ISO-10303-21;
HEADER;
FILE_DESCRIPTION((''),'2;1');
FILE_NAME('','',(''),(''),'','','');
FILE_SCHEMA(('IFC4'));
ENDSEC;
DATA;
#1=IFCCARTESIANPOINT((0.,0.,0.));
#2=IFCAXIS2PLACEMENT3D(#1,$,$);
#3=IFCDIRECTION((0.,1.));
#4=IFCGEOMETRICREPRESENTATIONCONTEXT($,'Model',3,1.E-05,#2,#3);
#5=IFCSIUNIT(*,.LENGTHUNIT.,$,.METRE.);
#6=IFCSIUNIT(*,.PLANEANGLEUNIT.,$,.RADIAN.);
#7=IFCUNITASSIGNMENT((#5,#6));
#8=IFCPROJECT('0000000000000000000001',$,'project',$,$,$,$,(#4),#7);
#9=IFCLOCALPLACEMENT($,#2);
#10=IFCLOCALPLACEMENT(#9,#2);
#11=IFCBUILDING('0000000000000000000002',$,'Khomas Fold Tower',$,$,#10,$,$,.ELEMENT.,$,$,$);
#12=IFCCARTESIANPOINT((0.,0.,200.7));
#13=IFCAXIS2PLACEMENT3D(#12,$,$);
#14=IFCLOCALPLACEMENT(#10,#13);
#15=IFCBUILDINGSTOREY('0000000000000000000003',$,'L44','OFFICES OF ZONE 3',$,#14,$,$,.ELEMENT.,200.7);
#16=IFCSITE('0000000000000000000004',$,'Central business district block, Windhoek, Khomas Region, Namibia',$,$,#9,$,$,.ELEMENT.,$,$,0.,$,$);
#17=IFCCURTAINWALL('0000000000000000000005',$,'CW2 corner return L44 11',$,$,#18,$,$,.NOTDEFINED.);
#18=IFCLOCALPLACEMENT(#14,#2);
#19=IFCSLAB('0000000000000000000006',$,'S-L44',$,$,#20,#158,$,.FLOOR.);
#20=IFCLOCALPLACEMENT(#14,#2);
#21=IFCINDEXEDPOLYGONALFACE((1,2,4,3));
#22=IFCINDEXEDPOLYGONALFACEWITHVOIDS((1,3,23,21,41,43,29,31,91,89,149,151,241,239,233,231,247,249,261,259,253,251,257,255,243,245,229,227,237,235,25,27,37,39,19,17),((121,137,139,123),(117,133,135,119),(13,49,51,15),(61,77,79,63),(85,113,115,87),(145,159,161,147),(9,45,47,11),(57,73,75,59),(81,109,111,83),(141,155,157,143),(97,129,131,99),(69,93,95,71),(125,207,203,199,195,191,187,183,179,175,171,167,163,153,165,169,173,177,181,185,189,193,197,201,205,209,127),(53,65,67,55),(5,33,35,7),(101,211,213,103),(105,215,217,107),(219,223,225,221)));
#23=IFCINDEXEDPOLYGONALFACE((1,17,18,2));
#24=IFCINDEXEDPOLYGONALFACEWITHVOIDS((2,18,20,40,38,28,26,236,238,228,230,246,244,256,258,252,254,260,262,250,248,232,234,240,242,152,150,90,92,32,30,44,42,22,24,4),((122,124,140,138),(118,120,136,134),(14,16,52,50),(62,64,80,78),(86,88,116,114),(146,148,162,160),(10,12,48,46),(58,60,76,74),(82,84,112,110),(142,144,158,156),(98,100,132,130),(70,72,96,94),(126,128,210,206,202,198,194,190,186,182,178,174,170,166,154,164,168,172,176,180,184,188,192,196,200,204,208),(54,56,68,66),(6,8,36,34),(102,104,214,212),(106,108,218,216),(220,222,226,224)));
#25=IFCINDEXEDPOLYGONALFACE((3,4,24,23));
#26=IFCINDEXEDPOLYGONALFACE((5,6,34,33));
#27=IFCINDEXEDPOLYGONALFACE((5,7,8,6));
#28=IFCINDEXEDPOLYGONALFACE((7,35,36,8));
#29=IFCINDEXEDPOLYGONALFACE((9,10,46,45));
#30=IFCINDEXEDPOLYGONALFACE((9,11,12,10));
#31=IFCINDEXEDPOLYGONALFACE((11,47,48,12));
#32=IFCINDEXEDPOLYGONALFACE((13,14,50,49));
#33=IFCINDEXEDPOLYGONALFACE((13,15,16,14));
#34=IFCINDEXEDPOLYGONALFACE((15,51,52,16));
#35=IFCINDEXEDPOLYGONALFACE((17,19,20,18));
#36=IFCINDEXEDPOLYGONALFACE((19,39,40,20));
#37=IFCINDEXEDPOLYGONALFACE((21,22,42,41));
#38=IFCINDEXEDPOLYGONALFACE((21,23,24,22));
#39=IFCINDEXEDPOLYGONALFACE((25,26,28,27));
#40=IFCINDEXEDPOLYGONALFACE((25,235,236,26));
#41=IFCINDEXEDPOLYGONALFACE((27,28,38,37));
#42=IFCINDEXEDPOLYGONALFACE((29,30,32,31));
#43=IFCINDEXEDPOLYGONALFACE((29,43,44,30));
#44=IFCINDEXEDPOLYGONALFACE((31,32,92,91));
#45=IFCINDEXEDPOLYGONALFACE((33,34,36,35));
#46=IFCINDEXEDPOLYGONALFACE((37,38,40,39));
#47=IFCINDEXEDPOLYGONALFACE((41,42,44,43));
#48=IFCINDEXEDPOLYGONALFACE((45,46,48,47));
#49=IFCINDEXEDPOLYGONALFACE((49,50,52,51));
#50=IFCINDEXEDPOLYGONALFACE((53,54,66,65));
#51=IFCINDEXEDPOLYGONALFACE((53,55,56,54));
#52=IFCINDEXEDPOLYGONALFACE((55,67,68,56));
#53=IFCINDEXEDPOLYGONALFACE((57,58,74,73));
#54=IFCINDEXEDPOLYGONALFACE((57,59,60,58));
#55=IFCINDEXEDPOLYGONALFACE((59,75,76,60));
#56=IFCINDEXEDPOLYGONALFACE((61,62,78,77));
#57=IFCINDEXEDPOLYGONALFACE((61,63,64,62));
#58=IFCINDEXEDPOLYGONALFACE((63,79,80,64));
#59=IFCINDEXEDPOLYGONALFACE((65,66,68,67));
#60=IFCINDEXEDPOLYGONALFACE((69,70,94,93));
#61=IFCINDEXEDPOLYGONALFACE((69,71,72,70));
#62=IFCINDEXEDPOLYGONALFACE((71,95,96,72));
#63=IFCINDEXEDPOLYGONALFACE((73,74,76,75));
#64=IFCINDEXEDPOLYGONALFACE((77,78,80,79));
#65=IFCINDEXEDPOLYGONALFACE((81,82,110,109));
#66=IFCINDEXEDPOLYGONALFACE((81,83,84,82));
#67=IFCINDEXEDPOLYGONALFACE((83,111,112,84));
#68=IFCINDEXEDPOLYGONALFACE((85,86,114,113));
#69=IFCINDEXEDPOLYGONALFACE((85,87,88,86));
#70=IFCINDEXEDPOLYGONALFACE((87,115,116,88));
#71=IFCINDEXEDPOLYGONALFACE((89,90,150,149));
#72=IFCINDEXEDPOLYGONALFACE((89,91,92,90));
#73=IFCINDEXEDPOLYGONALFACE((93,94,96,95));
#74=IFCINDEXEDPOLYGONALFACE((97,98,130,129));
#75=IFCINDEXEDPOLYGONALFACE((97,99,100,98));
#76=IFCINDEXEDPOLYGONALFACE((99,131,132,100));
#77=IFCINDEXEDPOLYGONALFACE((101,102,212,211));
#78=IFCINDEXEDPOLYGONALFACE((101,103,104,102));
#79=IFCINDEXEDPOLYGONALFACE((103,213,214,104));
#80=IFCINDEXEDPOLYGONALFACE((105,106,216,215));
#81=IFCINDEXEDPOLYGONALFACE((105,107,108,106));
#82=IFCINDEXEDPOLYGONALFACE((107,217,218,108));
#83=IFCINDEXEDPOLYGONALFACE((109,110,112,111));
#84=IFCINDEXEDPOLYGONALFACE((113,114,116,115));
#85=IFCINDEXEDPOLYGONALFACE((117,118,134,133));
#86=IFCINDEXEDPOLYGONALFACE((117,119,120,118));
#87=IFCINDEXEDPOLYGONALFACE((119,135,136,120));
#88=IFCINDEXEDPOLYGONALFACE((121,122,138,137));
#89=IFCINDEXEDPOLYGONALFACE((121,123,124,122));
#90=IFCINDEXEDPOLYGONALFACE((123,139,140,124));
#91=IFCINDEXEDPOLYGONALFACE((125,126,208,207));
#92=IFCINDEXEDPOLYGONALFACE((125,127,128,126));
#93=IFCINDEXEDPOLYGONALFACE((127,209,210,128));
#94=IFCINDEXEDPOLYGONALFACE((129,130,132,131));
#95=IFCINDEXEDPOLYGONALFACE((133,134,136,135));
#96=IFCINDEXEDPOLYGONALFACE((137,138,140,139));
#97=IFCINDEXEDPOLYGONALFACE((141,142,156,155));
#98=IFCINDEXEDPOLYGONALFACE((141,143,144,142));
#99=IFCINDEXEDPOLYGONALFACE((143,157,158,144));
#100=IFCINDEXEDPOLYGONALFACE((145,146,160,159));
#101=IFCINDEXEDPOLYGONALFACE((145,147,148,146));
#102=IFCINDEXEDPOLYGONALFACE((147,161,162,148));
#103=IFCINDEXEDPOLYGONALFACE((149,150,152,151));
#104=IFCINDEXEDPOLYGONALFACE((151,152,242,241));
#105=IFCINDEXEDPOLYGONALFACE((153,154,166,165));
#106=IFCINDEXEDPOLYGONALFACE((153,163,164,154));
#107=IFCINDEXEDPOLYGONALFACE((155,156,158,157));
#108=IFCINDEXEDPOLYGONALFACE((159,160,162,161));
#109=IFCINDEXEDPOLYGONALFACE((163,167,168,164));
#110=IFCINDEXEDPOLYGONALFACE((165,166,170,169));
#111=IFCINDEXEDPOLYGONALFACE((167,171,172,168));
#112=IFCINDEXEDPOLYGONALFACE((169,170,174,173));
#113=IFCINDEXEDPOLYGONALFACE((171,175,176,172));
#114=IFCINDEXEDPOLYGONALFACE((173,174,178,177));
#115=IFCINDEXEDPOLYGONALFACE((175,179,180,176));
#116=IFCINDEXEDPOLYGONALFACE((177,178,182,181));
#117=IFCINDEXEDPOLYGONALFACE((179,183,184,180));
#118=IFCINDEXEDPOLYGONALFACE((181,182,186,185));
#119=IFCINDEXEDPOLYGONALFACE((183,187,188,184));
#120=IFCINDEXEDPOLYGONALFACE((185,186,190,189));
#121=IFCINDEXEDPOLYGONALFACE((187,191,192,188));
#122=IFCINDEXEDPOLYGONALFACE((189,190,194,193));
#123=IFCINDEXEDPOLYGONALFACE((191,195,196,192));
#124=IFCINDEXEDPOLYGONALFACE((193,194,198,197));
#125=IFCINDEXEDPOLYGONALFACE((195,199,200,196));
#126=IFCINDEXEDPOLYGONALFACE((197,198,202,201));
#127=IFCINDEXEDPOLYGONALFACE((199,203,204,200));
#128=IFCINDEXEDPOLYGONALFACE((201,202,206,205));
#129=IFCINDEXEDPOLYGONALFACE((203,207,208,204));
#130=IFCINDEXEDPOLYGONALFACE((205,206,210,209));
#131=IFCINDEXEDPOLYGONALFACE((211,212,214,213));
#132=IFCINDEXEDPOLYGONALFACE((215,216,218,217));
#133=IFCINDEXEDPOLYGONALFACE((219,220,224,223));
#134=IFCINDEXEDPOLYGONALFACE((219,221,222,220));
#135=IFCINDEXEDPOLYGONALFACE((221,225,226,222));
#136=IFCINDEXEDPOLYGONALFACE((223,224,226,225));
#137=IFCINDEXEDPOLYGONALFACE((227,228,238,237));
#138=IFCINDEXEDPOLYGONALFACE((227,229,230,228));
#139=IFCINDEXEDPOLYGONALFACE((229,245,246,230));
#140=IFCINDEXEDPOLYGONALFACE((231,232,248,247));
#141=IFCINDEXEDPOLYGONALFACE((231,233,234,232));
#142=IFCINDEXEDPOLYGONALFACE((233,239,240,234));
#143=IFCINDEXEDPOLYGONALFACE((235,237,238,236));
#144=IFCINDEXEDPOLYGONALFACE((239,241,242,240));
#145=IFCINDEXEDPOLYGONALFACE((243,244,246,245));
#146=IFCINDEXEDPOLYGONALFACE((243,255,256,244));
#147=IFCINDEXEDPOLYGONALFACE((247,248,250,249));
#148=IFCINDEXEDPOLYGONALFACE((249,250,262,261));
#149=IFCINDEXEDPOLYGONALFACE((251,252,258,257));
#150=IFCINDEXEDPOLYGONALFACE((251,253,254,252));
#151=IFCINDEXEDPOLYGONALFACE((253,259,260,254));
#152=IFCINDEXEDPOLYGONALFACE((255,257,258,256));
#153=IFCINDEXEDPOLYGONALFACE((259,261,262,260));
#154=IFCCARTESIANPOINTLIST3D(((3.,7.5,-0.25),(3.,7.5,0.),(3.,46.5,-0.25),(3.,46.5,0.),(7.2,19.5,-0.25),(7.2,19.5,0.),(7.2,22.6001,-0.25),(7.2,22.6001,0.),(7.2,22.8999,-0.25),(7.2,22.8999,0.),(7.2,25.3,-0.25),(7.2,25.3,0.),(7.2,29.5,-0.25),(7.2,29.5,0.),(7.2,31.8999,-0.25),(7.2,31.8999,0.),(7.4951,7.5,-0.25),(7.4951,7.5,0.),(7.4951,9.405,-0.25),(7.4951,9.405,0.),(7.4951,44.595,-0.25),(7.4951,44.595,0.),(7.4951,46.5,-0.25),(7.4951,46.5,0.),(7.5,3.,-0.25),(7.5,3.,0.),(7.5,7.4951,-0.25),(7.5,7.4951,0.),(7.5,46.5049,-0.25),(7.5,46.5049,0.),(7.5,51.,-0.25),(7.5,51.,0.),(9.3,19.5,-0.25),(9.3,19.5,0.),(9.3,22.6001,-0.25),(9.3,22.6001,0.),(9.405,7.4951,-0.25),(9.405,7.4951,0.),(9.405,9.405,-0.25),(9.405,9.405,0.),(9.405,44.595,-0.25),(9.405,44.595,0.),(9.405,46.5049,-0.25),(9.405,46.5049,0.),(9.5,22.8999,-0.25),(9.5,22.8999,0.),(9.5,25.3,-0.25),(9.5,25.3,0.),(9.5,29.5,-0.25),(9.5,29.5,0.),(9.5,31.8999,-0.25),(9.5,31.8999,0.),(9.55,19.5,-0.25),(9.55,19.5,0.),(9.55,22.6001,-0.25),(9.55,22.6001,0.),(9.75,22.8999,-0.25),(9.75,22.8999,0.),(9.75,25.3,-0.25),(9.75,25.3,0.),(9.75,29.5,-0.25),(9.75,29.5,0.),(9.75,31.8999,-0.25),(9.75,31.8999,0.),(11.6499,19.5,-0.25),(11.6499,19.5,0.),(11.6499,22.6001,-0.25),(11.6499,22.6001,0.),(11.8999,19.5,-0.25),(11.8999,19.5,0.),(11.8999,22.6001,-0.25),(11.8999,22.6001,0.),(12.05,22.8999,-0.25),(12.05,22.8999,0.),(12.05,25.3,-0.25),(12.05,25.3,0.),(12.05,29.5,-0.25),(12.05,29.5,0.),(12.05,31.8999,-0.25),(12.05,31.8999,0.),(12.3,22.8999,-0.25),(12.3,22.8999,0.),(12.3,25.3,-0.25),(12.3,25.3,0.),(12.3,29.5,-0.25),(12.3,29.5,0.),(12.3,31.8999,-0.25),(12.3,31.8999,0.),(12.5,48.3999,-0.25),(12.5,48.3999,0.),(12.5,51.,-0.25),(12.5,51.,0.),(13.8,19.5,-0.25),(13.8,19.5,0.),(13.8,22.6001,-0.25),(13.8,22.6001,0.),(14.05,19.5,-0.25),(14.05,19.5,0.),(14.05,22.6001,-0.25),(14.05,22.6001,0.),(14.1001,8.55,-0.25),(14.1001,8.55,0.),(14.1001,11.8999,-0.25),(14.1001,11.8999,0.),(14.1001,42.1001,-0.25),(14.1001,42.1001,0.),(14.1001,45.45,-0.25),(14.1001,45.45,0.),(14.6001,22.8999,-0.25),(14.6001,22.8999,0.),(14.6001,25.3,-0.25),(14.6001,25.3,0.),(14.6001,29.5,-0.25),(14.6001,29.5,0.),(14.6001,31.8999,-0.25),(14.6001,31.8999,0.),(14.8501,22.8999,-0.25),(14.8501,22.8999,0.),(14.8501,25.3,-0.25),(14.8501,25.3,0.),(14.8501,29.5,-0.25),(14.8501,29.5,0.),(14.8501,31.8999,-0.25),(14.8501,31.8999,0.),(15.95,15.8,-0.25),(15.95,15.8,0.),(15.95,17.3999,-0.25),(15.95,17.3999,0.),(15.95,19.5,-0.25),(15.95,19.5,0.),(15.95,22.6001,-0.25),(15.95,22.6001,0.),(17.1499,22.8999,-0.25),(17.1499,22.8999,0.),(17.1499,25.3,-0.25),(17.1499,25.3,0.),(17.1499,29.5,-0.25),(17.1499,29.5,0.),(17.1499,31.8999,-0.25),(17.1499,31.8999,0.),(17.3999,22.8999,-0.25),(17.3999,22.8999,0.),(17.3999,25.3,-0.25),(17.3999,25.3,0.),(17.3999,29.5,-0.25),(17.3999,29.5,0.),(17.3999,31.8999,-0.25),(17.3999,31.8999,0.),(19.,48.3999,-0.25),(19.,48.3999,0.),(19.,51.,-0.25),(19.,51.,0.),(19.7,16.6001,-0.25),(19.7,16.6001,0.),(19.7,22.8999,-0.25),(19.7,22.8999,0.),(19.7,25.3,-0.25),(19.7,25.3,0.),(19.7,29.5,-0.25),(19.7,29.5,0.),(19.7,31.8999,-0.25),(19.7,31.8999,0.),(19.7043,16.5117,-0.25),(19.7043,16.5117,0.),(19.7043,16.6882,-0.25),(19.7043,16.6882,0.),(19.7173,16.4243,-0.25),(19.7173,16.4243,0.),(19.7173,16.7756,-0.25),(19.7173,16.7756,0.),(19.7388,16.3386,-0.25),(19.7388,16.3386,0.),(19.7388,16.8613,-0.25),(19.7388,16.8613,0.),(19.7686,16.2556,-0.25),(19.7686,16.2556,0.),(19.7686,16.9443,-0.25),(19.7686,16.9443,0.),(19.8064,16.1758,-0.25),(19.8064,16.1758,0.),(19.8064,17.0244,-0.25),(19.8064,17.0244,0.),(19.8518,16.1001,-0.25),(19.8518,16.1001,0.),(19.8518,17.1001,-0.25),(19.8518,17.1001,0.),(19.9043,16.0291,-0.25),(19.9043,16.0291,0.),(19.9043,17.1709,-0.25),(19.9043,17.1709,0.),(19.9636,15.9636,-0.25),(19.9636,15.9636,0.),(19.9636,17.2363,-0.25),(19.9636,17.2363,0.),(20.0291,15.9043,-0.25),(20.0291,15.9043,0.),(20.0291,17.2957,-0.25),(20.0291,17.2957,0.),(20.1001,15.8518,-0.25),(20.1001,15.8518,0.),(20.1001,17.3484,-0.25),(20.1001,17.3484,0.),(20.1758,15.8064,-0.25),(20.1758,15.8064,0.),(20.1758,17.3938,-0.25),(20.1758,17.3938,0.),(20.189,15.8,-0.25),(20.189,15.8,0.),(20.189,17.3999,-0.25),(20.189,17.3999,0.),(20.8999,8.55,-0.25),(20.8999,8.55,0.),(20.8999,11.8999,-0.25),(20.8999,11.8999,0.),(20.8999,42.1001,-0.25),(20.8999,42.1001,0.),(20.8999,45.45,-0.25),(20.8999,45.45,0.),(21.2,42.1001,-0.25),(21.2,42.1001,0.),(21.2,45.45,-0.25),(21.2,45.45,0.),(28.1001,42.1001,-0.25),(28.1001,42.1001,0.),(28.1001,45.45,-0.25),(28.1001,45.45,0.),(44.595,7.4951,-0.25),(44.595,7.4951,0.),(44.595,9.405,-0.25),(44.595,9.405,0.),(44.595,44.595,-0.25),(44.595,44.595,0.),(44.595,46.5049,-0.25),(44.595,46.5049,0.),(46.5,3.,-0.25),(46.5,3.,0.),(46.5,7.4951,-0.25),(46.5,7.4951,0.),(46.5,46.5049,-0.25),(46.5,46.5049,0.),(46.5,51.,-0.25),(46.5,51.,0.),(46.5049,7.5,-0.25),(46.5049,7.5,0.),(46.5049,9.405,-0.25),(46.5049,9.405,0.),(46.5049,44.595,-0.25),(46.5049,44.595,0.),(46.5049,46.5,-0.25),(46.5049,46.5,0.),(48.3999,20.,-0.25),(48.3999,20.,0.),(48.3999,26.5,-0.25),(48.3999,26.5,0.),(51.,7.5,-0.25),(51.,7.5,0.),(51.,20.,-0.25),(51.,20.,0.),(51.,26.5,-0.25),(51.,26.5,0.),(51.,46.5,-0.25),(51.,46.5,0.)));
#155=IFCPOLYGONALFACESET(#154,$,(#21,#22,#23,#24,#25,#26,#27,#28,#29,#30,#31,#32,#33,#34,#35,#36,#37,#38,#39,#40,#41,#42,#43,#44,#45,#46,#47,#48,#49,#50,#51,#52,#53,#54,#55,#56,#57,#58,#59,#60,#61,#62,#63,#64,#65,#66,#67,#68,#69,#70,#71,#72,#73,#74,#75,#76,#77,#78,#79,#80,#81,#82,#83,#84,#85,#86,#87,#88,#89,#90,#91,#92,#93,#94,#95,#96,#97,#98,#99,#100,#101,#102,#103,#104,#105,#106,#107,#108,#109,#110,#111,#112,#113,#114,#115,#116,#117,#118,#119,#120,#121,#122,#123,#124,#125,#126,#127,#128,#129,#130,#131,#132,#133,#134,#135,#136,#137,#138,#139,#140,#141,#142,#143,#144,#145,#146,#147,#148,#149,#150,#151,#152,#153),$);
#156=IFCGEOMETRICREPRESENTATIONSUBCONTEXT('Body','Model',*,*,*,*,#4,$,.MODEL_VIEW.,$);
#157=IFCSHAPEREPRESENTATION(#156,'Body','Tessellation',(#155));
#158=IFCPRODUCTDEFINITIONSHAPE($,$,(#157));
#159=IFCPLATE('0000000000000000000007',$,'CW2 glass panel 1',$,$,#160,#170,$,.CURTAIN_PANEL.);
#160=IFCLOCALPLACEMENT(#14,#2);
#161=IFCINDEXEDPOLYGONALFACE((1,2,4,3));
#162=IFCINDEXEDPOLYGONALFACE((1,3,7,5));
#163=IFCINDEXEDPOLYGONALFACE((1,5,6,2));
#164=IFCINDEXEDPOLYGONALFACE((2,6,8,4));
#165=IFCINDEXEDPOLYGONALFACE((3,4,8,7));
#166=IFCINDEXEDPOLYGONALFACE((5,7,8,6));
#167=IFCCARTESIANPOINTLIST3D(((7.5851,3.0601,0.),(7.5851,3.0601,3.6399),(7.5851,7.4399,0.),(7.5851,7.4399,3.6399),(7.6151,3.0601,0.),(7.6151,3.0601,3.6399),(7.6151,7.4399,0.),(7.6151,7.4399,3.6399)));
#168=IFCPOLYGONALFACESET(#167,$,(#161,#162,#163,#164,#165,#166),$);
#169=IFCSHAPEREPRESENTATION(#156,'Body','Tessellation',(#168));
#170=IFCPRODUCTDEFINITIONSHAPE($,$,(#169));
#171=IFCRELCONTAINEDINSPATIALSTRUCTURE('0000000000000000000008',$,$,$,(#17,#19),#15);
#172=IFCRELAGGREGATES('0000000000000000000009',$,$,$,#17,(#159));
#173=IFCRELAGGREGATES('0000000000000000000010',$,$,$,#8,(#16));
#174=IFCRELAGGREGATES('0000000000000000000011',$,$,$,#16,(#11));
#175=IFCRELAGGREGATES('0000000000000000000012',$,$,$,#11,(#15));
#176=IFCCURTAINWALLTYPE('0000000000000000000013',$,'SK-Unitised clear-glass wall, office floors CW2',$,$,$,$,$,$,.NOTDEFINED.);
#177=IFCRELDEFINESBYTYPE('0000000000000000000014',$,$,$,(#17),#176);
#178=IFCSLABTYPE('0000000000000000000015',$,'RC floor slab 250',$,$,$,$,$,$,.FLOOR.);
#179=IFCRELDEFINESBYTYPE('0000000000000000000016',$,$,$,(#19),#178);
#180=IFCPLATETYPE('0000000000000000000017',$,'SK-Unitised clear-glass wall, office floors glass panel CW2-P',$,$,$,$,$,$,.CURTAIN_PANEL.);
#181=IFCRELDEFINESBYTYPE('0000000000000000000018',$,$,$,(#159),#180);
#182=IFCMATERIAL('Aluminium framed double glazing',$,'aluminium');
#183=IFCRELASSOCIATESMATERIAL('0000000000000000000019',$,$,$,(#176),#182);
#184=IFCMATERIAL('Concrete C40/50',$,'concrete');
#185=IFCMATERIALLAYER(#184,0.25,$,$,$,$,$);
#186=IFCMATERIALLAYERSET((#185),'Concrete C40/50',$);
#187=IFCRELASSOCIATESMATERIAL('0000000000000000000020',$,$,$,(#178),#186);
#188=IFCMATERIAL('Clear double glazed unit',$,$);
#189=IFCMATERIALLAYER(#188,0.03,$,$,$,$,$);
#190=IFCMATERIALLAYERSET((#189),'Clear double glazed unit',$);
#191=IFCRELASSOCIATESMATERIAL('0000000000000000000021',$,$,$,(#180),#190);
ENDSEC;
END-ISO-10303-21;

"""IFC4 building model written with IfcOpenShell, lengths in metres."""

from ifc_helpers import new_model, si_unit, direction, frame, origin, origin_2d, place, context, subcontext, project, spatial, polyline, rectangle, outline, extrude, source, transform, mapped, material, layer, layer_set, type_object, element, aggregate, save


model = new_model("IFC4")

# Units and contexts
model_context = context("Model", 3, precision=1e-05, world=origin(), true_north=direction((0.0, 1.0)))
body_context = subcontext(model_context, "Body", "Model", "MODEL_VIEW")
ifc_project = project(units=[si_unit("LENGTHUNIT", "METRE"), si_unit("PLANEANGLEUNIT", "RADIAN")], contexts=[model_context])

# Site, building, storey
site_placement = place(None, origin())
site = spatial("IfcSite", under=ifc_project, at=site_placement, Name="Central business district block, Windhoek, Khomas Region, Namibia", CompositionType="ELEMENT", RefElevation=0.0)
building_placement = place(site_placement, origin())
building = spatial("IfcBuilding", under=site, at=building_placement, Name="Khomas Fold Tower", CompositionType="ELEMENT")
storey_placement = place(building_placement, frame((0.0, 0.0, 200.7)))
storey = spatial("IfcBuildingStorey", under=building, at=storey_placement, Name="L44", Description="OFFICES OF ZONE 3", CompositionType="ELEMENT", Elevation=200.7)

# Curtain wall
ifc_material_1 = material(Name="Aluminium framed double glazing", Category="aluminium")
curtain_wall_type = type_object("IfcCurtainWallType", Name="SK-Unitised clear-glass wall, office floors CW2", PredefinedType="NOTDEFINED", material=ifc_material_1)
curtain_wall_1_placement = place(storey_placement, origin())
curtain_wall_1 = element("IfcCurtainWall", 1, at=curtain_wall_1_placement, inside=storey, type_object=curtain_wall_type, Name="CW2 corner return L44 11", PredefinedType="NOTDEFINED")

# Slab
ifc_material_2 = material(Name="Concrete C40/50", Category="concrete")
ifc_layer_1 = layer(ifc_material_2, 0.25)
ifc_layer_set_1 = layer_set([ifc_layer_1], Name="Concrete C40/50")
slab_type_1 = type_object("IfcSlabType", Name="RC floor slab 250", PredefinedType="FLOOR", material=ifc_layer_set_1)
shared_shape_1 = source(origin(), body_context, "Body", "SweptSolid", [
    extrude(outline(polyline([(3.0, 7.5), (7.4951, 7.5), (7.4951, 9.405), (9.405, 9.405), (9.405, 7.4951), (7.5, 7.4951), (7.5, 3.0), (46.5, 3.0), (46.5, 7.4951), (44.595, 7.4951), (44.595, 9.405), (46.5049, 9.405), (46.5049, 7.5), (51.0, 7.5), (51.0, 20.0), (48.3999, 20.0), (48.3999, 26.5), (51.0, 26.5), (51.0, 46.5), (46.5049, 46.5), (46.5049, 44.595), (44.595, 44.595), (44.595, 46.5049), (46.5, 46.5049), (46.5, 51.0), (19.0, 51.0), (19.0, 48.3999), (12.5, 48.3999), (12.5, 51.0), (7.5, 51.0), (7.5, 46.5049), (9.405, 46.5049), (9.405, 44.595), (7.4951, 44.595), (7.4951, 46.5), (3.0, 46.5), (3.0, 7.5)]), holes=[polyline([(7.2, 19.5), (7.2, 22.6001), (9.3, 22.6001), (9.3, 19.5), (7.2, 19.5)]), polyline([(7.2, 22.8999), (7.2, 25.3), (9.5, 25.3), (9.5, 22.8999), (7.2, 22.8999)]), polyline([(7.2, 29.5), (7.2, 31.8999), (9.5, 31.8999), (9.5, 29.5), (7.2, 29.5)]), polyline([(9.55, 19.5), (9.55, 22.6001), (11.6499, 22.6001), (11.6499, 19.5), (9.55, 19.5)]), polyline([(9.75, 22.8999), (9.75, 25.3), (12.05, 25.3), (12.05, 22.8999), (9.75, 22.8999)]), polyline([(9.75, 29.5), (9.75, 31.8999), (12.05, 31.8999), (12.05, 29.5), (9.75, 29.5)]), polyline([(11.8999, 19.5), (11.8999, 22.6001), (13.8, 22.6001), (13.8, 19.5), (11.8999, 19.5)]), polyline([(12.3, 22.8999), (12.3, 25.3), (14.6001, 25.3), (14.6001, 22.8999), (12.3, 22.8999)]), polyline([(12.3, 29.5), (12.3, 31.8999), (14.6001, 31.8999), (14.6001, 29.5), (12.3, 29.5)]), polyline([(14.05, 19.5), (14.05, 22.6001), (15.95, 22.6001), (15.95, 19.5), (14.05, 19.5)]), polyline([(14.1001, 8.55), (14.1001, 11.8999), (20.8999, 11.8999), (20.8999, 8.55), (14.1001, 8.55)]), polyline([(14.1001, 42.1001), (14.1001, 45.45), (20.8999, 45.45), (20.8999, 42.1001), (14.1001, 42.1001)]), polyline([(14.8501, 22.8999), (14.8501, 25.3), (17.1499, 25.3), (17.1499, 22.8999), (14.8501, 22.8999)]), polyline([(14.8501, 29.5), (14.8501, 31.8999), (17.1499, 31.8999), (17.1499, 29.5), (14.8501, 29.5)]), polyline([(15.95, 15.8), (15.95, 17.3999), (20.189, 17.3999), (20.1758, 17.3938), (20.1001, 17.3484), (20.0291, 17.2957), (19.9636, 17.2363), (19.9043, 17.1709), (19.8518, 17.1001), (19.8064, 17.0244), (19.7686, 16.9443), (19.7388, 16.8613), (19.7173, 16.7756), (19.7043, 16.6882), (19.7, 16.6001), (19.7043, 16.5117), (19.7173, 16.4243), (19.7388, 16.3386), (19.7686, 16.2556), (19.8064, 16.1758), (19.8518, 16.1001), (19.9043, 16.0291), (19.9636, 15.9636), (20.0291, 15.9043), (20.1001, 15.8518), (20.1758, 15.8064), (20.189, 15.8), (15.95, 15.8)]), polyline([(17.3999, 22.8999), (17.3999, 25.3), (19.7, 25.3), (19.7, 22.8999), (17.3999, 22.8999)]), polyline([(17.3999, 29.5), (17.3999, 31.8999), (19.7, 31.8999), (19.7, 29.5), (17.3999, 29.5)]), polyline([(21.2, 42.1001), (21.2, 45.45), (28.1001, 45.45), (28.1001, 42.1001), (21.2, 42.1001)])]), origin(), (0.0, 0.0, 1.0), 0.25),
])
slab_1_placement = place(storey_placement, frame((0.0, 0.0, -0.25)))
element("IfcSlab", 2, at=slab_1_placement, inside=storey, type_object=slab_type_1, Name="S-L44", PredefinedType="FLOOR", context=body_context, shape_type="MappedRepresentation", body=[
    mapped(shared_shape_1, transform((0.0, 0.0, 0.0))),
])

# Plate
ifc_material_3 = material(Name="Clear double glazed unit")
ifc_layer_2 = layer(ifc_material_3, 0.03)
ifc_layer_set_2 = layer_set([ifc_layer_2], Name="Clear double glazed unit")
plate_type_1 = type_object("IfcPlateType", Name="SK-Unitised clear-glass wall, office floors glass panel CW2-P", PredefinedType="CURTAIN_PANEL", material=ifc_layer_set_2)
shared_shape_2 = source(origin(), body_context, "Body", "SweptSolid", [
    extrude(rectangle(XDim=4.3799, YDim=0.03, at=origin_2d()), origin(), (0.0, 0.0, 1.0), 3.6399),
])
plate_1_placement = place(storey_placement, frame((7.6001, 5.25, 0.0), z_axis=(0.0, 0.0, 1.0), x_axis=(0.0, -1.0, 0.0)))
plate_1 = element("IfcPlate", 3, at=plate_1_placement, type_object=plate_type_1, Name="CW2 glass panel 1", PredefinedType="CURTAIN_PANEL", context=body_context, shape_type="MappedRepresentation", body=[
    mapped(shared_shape_2, transform((0.0, 0.0, 0.0))),
])
aggregate(curtain_wall_1, [plate_1])

save(model, "model.ifc")
